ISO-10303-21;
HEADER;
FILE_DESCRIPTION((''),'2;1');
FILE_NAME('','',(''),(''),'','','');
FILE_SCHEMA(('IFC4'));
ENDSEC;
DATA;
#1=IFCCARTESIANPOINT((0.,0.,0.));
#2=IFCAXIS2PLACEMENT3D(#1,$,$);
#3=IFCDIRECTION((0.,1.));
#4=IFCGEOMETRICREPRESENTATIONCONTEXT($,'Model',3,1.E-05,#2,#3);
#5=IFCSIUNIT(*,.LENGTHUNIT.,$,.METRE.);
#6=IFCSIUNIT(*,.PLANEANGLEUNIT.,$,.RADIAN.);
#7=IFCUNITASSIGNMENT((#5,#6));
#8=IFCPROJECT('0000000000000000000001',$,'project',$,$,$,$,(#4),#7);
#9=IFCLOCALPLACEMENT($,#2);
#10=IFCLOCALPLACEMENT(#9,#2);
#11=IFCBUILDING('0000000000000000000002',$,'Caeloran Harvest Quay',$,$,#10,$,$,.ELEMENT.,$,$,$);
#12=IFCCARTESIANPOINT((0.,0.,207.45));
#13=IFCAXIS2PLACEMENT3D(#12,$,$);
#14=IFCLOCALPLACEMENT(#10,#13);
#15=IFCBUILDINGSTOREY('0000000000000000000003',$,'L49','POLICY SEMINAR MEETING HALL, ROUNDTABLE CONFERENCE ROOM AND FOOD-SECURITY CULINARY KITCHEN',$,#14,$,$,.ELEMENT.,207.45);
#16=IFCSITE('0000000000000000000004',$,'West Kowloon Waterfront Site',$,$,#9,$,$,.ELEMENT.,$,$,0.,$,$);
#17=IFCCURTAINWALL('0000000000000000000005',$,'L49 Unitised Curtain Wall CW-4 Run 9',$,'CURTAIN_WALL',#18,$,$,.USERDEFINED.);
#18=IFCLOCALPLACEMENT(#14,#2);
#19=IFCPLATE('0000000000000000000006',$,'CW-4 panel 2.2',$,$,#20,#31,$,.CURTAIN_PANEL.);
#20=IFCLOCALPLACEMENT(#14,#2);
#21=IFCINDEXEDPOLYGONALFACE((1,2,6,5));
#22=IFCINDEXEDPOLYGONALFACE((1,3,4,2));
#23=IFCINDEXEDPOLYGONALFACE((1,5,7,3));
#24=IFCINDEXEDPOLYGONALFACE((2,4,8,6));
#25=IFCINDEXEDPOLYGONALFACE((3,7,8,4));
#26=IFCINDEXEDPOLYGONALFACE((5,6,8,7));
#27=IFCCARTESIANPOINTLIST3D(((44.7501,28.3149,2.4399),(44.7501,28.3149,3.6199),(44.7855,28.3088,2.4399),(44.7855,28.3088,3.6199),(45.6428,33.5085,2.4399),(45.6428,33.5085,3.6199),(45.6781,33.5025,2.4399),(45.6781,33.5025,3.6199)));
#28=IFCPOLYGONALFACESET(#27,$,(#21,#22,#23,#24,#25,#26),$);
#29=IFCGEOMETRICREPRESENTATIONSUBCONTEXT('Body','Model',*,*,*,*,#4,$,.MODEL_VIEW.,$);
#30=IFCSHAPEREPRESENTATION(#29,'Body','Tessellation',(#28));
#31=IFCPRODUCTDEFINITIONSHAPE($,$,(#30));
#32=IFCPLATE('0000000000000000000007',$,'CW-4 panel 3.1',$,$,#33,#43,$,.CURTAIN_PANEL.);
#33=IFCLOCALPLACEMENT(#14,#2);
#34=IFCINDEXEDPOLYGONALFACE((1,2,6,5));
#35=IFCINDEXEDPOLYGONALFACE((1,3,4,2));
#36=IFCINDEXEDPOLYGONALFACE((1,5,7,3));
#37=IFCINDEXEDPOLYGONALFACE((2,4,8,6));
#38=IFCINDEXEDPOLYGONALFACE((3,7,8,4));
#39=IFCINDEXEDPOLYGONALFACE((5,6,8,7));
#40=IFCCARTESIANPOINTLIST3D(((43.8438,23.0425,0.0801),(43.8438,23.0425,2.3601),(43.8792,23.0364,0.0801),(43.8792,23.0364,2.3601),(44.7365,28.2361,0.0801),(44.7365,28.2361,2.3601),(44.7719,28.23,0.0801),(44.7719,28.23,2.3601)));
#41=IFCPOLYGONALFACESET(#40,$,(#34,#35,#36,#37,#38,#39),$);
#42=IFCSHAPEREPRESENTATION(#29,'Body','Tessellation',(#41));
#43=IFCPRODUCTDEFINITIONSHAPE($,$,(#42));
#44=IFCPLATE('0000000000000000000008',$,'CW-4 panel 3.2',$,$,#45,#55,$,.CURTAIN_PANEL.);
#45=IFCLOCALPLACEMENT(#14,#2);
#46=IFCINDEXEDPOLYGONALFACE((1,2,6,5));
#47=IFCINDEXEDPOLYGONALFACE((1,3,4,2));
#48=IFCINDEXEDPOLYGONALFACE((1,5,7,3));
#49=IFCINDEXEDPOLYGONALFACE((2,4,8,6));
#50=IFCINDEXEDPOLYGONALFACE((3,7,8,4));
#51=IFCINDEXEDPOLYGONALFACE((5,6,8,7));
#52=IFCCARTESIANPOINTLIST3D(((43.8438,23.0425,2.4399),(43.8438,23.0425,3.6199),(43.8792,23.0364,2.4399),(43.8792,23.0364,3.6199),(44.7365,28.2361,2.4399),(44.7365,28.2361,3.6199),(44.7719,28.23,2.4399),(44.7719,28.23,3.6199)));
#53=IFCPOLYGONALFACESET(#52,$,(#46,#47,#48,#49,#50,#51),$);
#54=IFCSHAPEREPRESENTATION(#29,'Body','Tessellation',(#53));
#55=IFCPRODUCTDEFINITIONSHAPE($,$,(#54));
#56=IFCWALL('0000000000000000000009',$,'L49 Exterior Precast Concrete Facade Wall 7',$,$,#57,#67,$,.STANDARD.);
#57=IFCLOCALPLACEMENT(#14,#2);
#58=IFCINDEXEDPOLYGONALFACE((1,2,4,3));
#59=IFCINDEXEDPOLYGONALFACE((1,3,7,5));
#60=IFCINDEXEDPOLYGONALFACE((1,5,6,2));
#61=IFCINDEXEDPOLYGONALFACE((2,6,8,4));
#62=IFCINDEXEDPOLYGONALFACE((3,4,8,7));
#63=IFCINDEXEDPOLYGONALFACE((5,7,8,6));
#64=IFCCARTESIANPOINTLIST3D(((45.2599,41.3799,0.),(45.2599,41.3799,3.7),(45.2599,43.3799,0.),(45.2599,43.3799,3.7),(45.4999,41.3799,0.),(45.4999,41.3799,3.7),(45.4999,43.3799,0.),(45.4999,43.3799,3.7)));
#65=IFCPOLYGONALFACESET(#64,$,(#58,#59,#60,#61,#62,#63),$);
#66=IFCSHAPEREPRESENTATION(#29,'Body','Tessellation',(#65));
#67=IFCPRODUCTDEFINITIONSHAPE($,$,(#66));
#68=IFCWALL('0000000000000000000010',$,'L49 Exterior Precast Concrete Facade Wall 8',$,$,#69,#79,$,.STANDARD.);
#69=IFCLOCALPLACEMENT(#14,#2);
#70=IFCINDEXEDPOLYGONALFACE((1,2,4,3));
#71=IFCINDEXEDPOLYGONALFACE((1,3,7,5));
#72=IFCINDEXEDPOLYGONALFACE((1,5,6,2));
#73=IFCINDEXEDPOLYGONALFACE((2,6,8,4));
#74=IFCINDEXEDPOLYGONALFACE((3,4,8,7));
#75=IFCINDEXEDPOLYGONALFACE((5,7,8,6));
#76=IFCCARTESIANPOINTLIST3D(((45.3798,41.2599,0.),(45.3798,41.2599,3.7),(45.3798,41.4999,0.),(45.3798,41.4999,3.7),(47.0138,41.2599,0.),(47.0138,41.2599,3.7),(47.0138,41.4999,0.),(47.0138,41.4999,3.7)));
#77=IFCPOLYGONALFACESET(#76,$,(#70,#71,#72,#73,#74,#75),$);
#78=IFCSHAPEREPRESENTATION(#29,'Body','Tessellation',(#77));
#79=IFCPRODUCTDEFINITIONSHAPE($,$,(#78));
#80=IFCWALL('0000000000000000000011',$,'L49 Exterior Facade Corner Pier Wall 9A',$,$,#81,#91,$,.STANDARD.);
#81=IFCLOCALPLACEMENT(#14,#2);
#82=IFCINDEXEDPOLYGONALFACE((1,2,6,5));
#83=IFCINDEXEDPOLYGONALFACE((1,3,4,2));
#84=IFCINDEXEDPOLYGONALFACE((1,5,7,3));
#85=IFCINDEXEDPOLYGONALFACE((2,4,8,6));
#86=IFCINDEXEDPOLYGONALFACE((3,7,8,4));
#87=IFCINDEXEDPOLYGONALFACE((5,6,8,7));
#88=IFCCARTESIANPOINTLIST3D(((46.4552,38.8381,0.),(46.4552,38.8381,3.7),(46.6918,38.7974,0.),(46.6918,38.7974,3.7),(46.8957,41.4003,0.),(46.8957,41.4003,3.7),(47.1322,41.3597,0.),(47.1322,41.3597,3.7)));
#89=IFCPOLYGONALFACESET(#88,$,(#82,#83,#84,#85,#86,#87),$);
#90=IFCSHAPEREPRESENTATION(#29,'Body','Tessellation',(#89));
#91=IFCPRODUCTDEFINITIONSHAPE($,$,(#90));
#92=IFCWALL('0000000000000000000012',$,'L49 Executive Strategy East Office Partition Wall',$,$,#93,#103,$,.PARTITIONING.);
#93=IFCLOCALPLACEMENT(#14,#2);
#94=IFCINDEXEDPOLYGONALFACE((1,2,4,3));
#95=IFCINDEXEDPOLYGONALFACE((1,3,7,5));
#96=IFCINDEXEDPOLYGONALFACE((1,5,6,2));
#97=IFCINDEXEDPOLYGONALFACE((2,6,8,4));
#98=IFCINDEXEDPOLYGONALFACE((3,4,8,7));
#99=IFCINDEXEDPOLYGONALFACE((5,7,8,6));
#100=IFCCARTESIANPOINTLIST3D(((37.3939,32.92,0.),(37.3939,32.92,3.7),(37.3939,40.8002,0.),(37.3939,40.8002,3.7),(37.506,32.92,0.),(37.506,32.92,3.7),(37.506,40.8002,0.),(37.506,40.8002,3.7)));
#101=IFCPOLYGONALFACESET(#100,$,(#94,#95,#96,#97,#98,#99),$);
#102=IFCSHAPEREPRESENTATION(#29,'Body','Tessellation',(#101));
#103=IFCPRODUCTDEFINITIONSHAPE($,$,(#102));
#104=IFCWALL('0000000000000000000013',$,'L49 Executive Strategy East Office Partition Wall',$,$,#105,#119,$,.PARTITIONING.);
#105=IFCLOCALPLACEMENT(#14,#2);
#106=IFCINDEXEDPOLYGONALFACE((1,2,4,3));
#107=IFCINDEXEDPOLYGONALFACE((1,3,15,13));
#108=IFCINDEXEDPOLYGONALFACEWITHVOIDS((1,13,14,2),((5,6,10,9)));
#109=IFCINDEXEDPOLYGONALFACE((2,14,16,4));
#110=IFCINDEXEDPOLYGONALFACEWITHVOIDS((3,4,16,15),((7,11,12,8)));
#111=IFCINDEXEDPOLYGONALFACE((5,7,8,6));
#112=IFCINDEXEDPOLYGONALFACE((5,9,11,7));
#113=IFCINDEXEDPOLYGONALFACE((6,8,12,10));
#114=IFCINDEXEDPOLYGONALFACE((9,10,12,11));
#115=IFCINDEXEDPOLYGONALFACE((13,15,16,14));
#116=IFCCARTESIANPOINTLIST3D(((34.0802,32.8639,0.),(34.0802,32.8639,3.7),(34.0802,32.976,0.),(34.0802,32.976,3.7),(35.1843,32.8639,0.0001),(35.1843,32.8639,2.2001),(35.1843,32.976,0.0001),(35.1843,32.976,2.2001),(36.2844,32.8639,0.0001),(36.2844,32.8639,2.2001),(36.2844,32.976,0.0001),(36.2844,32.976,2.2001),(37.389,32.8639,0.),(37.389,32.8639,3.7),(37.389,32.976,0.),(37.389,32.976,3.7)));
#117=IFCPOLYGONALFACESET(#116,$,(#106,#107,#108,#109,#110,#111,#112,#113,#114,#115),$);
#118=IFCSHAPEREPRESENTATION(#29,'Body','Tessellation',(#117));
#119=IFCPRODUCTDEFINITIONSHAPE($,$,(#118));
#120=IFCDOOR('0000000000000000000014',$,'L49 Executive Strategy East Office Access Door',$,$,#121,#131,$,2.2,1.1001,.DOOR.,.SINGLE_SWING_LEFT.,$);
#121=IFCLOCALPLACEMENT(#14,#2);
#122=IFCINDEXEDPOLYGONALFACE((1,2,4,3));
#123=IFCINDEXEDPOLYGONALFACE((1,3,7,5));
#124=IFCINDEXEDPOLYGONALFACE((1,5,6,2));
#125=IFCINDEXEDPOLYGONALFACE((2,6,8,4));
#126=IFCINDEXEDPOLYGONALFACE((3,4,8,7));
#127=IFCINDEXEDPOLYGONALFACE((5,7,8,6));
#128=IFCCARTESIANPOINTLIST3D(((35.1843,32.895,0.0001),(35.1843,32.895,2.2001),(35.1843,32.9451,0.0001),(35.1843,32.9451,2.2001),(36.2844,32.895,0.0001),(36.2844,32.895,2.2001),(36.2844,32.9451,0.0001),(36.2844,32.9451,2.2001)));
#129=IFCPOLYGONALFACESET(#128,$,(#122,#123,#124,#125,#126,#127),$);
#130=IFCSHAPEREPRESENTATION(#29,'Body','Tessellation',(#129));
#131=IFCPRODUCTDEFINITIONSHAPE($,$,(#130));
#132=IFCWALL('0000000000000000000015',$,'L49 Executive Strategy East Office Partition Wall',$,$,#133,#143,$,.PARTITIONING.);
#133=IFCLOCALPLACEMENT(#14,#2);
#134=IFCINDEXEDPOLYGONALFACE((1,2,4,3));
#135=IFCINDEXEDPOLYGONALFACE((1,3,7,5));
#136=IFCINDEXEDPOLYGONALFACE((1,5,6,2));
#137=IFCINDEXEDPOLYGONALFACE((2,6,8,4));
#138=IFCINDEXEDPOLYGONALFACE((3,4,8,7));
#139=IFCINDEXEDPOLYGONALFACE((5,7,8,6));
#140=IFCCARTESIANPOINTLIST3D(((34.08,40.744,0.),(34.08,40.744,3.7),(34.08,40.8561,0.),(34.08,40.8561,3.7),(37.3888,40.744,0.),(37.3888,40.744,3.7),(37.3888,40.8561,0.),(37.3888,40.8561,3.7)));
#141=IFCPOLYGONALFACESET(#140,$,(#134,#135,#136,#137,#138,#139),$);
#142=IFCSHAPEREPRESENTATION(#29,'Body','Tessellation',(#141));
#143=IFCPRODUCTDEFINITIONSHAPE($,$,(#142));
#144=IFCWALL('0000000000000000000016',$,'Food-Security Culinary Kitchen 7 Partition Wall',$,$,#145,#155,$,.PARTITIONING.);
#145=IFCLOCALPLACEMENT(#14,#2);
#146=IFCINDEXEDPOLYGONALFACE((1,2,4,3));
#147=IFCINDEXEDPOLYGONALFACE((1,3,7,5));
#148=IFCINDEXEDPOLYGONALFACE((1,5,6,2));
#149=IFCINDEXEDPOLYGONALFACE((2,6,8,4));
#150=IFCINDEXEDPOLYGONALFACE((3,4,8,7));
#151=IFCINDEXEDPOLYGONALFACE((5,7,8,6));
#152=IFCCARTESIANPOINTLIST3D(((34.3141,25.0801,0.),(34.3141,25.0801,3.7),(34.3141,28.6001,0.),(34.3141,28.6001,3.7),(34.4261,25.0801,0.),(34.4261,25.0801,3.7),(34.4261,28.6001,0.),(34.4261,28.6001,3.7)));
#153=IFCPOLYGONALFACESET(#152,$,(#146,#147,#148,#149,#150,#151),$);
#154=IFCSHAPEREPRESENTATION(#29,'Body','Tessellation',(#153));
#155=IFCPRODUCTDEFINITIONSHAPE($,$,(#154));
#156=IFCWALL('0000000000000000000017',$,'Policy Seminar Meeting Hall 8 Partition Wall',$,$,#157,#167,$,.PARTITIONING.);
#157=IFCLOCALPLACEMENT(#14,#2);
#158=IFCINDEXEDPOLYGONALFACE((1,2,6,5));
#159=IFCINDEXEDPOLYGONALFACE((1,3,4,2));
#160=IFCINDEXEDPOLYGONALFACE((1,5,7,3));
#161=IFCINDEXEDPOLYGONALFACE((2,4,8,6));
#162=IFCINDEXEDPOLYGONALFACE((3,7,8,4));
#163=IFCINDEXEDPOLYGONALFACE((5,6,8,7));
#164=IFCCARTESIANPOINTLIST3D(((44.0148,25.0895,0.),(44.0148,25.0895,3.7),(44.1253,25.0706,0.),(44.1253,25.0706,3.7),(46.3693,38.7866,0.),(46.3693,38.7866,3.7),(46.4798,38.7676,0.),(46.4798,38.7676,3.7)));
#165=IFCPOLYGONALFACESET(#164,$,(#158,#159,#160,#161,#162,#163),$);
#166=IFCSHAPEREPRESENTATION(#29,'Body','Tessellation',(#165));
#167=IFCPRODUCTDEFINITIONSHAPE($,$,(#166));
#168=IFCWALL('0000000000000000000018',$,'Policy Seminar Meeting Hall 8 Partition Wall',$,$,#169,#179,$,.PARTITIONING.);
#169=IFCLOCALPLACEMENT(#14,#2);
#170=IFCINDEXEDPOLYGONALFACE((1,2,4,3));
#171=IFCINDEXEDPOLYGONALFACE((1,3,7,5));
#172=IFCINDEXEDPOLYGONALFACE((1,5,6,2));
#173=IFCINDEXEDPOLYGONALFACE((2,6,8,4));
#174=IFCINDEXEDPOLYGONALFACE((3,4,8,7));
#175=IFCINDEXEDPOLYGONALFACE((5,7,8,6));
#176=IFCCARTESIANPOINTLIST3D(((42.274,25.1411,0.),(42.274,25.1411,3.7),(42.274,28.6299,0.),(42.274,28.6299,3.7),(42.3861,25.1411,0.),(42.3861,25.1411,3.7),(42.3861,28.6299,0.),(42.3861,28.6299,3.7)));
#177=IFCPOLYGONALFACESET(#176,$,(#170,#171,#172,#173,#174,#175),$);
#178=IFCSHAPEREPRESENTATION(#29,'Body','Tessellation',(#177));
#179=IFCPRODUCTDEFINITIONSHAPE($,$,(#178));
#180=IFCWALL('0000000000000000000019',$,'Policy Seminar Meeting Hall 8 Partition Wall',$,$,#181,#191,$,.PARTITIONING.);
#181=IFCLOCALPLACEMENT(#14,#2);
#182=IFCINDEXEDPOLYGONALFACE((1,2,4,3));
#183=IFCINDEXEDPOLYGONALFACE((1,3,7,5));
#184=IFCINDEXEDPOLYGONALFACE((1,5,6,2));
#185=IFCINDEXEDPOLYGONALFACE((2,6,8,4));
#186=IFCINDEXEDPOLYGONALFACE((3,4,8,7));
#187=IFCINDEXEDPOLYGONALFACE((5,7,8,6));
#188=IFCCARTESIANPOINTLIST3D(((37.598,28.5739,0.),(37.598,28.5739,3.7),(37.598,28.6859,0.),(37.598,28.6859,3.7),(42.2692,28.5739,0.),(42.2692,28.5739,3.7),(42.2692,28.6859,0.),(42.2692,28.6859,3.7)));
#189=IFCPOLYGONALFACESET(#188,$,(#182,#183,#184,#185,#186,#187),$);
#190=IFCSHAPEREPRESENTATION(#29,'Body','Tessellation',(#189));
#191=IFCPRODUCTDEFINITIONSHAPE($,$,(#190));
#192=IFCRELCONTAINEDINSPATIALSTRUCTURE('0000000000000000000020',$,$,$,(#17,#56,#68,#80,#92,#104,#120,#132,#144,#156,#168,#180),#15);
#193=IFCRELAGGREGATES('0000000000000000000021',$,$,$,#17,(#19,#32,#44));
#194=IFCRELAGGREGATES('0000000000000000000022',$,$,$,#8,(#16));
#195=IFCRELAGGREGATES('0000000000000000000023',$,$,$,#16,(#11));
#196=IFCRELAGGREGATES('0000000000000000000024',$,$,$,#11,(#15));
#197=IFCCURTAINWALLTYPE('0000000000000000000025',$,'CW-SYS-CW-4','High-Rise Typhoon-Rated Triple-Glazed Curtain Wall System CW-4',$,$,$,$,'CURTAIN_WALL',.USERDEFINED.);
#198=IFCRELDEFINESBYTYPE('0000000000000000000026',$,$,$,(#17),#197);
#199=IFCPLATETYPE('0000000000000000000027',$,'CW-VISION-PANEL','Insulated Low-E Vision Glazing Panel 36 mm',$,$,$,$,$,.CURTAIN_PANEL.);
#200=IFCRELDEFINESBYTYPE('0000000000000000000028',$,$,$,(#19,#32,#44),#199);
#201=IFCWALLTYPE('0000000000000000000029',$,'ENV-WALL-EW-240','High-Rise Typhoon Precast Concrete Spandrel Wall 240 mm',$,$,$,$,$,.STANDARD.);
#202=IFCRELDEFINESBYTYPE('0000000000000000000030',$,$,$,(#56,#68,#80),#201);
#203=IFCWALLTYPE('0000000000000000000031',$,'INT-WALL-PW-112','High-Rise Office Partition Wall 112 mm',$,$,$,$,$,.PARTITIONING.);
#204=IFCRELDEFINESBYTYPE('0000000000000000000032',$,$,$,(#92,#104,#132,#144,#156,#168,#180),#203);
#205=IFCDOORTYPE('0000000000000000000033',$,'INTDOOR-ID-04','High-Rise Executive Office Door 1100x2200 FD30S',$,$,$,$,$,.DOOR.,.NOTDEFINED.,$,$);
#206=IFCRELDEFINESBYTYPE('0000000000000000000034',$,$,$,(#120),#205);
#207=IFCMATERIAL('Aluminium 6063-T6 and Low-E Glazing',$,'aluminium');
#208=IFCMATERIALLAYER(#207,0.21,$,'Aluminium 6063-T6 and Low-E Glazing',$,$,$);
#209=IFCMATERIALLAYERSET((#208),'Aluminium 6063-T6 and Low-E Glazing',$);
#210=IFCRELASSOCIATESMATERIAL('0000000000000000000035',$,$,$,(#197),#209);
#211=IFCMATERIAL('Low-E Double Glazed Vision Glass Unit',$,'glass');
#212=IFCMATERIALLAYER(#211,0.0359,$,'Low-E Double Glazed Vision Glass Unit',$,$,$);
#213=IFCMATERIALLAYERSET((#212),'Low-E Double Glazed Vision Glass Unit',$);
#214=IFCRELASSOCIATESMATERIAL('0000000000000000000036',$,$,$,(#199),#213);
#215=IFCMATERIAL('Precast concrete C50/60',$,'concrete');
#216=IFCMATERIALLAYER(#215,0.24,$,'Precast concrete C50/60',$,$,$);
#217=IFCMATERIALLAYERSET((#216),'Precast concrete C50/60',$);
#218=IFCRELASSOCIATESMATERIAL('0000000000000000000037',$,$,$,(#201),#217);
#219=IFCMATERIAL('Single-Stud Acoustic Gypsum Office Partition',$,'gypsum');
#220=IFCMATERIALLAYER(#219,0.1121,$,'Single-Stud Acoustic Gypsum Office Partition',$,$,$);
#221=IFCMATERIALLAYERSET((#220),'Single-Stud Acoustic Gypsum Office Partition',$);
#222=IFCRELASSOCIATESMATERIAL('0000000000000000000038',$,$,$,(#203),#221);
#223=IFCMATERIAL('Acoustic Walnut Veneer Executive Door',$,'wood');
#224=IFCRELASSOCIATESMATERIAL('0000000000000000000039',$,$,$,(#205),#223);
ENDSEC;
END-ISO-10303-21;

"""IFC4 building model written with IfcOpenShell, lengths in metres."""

from ifc_helpers import new_model, si_unit, direction, frame, frame_2d, origin, origin_2d, place, context, subcontext, project, spatial, rectangle, extrude, material, layer, layer_set, type_object, element, fill, aggregate, save


model = new_model("IFC4")

# Units and contexts
model_context = context("Model", 3, precision=1e-05, world=origin(), true_north=direction((0.0, 1.0)))
body_context = subcontext(model_context, "Body", "Model", "MODEL_VIEW")
ifc_project = project(units=[si_unit("LENGTHUNIT", "METRE"), si_unit("PLANEANGLEUNIT", "RADIAN")], contexts=[model_context])

# Site, building, storey
site_placement = place(None, origin())
site = spatial("IfcSite", under=ifc_project, at=site_placement, Name="West Kowloon Waterfront Site", CompositionType="ELEMENT", RefElevation=0.0)
building_placement = place(site_placement, origin())
building = spatial("IfcBuilding", under=site, at=building_placement, Name="Caeloran Harvest Quay", CompositionType="ELEMENT")
storey_placement = place(building_placement, frame((0.0, 0.0, 207.45)))
storey = spatial("IfcBuildingStorey", under=building, at=storey_placement, Name="L49", Description="POLICY SEMINAR MEETING HALL, ROUNDTABLE CONFERENCE ROOM AND FOOD-SECURITY CULINARY KITCHEN", CompositionType="ELEMENT", Elevation=207.45)

# Curtain wall, plates
ifc_material_1 = material(Name="Aluminium 6063-T6 and Low-E Glazing", Category="aluminium")
ifc_layer_1 = layer(ifc_material_1, 0.21, Name="Aluminium 6063-T6 and Low-E Glazing")
ifc_layer_set_1 = layer_set([ifc_layer_1], Name="Aluminium 6063-T6 and Low-E Glazing")
curtain_wall_type = type_object("IfcCurtainWallType", Name="CW-SYS-CW-4", Description="High-Rise Typhoon-Rated Triple-Glazed Curtain Wall System CW-4", ElementType="CURTAIN_WALL", PredefinedType="USERDEFINED", material=ifc_layer_set_1)
curtain_wall_placement = place(storey_placement, origin())
curtain_wall = element("IfcCurtainWall", 1, at=curtain_wall_placement, inside=storey, type_object=curtain_wall_type, Name="L49 Unitised Curtain Wall CW-4 Run 9", ObjectType="CURTAIN_WALL", PredefinedType="USERDEFINED")
ifc_material_2 = material(Name="Low-E Double Glazed Vision Glass Unit", Category="glass")
ifc_layer_2 = layer(ifc_material_2, 0.0359, Name="Low-E Double Glazed Vision Glass Unit")
ifc_layer_set_2 = layer_set([ifc_layer_2], Name="Low-E Double Glazed Vision Glass Unit")
plate_type = type_object("IfcPlateType", Name="CW-VISION-PANEL", Description="Insulated Low-E Vision Glazing Panel 36 mm", PredefinedType="CURTAIN_PANEL", material=ifc_layer_set_2)
plate_1_placement = place(storey_placement, frame((45.2141, 30.9087, 2.4399), z_axis=(0.0, 0.0, 1.0), x_axis=(-0.169391, -0.985549, 0.0)))
plate_1 = element("IfcPlate", 2, at=plate_1_placement, type_object=plate_type, Name="CW-4 panel 2.2", PredefinedType="CURTAIN_PANEL", context=body_context, shape_type="SweptSolid", body=[
    extrude(rectangle(XDim=5.2698, YDim=0.0359, at=origin_2d()), origin(), (0.0, 0.0, 1.0), 1.1799),
])
plate_2_placement = place(storey_placement, frame((44.3079, 25.6362, 0.0801), z_axis=(0.0, 0.0, 1.0), x_axis=(-0.169391, -0.985549, 0.0)))
plate_2 = element("IfcPlate", 3, at=plate_2_placement, type_object=plate_type, Name="CW-4 panel 3.1", PredefinedType="CURTAIN_PANEL", context=body_context, shape_type="SweptSolid", body=[
    extrude(rectangle(XDim=5.2698, YDim=0.0359, at=origin_2d()), origin(), (0.0, 0.0, 1.0), 2.28),
])
plate_3_placement = place(storey_placement, frame((44.3079, 25.6362, 2.4399), z_axis=(0.0, 0.0, 1.0), x_axis=(-0.169391, -0.985549, 0.0)))
plate_3 = element("IfcPlate", 4, at=plate_3_placement, type_object=plate_type, Name="CW-4 panel 3.2", PredefinedType="CURTAIN_PANEL", context=body_context, shape_type="SweptSolid", body=[
    extrude(rectangle(XDim=5.2698, YDim=0.0359, at=origin_2d()), origin(), (0.0, 0.0, 1.0), 1.1799),
])
aggregate(curtain_wall, [plate_1, plate_2, plate_3])

# Walls
ifc_material_3 = material(Name="Precast concrete C50/60", Category="concrete")
ifc_layer_3 = layer(ifc_material_3, 0.24, Name="Precast concrete C50/60")
ifc_layer_set_3 = layer_set([ifc_layer_3], Name="Precast concrete C50/60")
wall_type_1 = type_object("IfcWallType", Name="ENV-WALL-EW-240", Description="High-Rise Typhoon Precast Concrete Spandrel Wall 240 mm", PredefinedType="STANDARD", material=ifc_layer_set_3)
wall_1_placement = place(storey_placement, frame((45.3799, 43.3799, 0.0), z_axis=(0.0, 0.0, 1.0), x_axis=(0.0, -1.0, 0.0)))
element("IfcWall", 5, at=wall_1_placement, inside=storey, type_object=wall_type_1, Name="L49 Exterior Precast Concrete Facade Wall 7", PredefinedType="STANDARD", context=body_context, shape_type="SweptSolid", body=[
    extrude(rectangle(XDim=2.0, YDim=0.24, at=frame_2d((1.0, 0.0))), origin(), (0.0, 0.0, 1.0), 3.7),
])
wall_2_placement = place(storey_placement, frame((45.3799, 41.3799, 0.0), z_axis=(0.0, 0.0, 1.0), x_axis=(1.0, 0.0, 0.0)))
element("IfcWall", 6, at=wall_2_placement, inside=storey, type_object=wall_type_1, Name="L49 Exterior Precast Concrete Facade Wall 8", PredefinedType="STANDARD", context=body_context, shape_type="SweptSolid", body=[
    extrude(rectangle(XDim=1.634, YDim=0.24, at=frame_2d((0.8169, 0.0))), origin(), (0.0, 0.0, 1.0), 3.7),
])
wall_3_placement = place(storey_placement, frame((47.0139, 41.3799, 0.0), z_axis=(0.0, 0.0, 1.0), x_axis=(-0.169407, -0.985546, 0.0)))
element("IfcWall", 7, at=wall_3_placement, inside=storey, type_object=wall_type_1, Name="L49 Exterior Facade Corner Pier Wall 9A", PredefinedType="STANDARD", context=body_context, shape_type="SweptSolid", body=[
    extrude(rectangle(XDim=2.5999, YDim=0.24, at=frame_2d((1.2998, 0.0))), origin(), (0.0, 0.0, 1.0), 3.7),
])
ifc_material_4 = material(Name="Single-Stud Acoustic Gypsum Office Partition", Category="gypsum")
ifc_layer_4 = layer(ifc_material_4, 0.1121, Name="Single-Stud Acoustic Gypsum Office Partition")
ifc_layer_set_4 = layer_set([ifc_layer_4], Name="Single-Stud Acoustic Gypsum Office Partition")
wall_type_2 = type_object("IfcWallType", Name="INT-WALL-PW-112", Description="High-Rise Office Partition Wall 112 mm", PredefinedType="PARTITIONING", material=ifc_layer_set_4)
wall_4_placement = place(storey_placement, frame((37.45, 40.8, 0.0), z_axis=(0.0, 0.0, 1.0), x_axis=(0.0, -1.0, 0.0)))
element("IfcWall", 8, at=wall_4_placement, inside=storey, type_object=wall_type_2, Name="L49 Executive Strategy East Office Partition Wall", PredefinedType="PARTITIONING", context=body_context, shape_type="SweptSolid", body=[
    extrude(rectangle(XDim=7.8801, YDim=0.1121, at=frame_2d((3.9399, 0.0))), origin(), (0.0, 0.0, 1.0), 3.7),
])

# Wall, opening, door
wall_5_placement = place(storey_placement, frame((37.3889, 32.9199, 0.0), z_axis=(0.0, 0.0, 1.0), x_axis=(-1.0, 0.0, 0.0)))
wall_5 = element("IfcWall", 9, at=wall_5_placement, inside=storey, type_object=wall_type_2, Name="L49 Executive Strategy East Office Partition Wall", PredefinedType="PARTITIONING", context=body_context, shape_type="SweptSolid", body=[
    extrude(rectangle(XDim=3.3088, YDim=0.1121, at=frame_2d((1.6543, 0.0))), origin(), (0.0, 0.0, 1.0), 3.7),
])
opening_1_placement = place(wall_5_placement, frame((1.1045, 0.0, 0.0)))
opening_1 = element("IfcOpeningElement", 10, at=opening_1_placement, cuts=wall_5, PredefinedType="OPENING", context=body_context, shape_type="SweptSolid", body=[
    extrude(rectangle(XDim=1.1001, YDim=2.2, at=frame_2d((0.55, 1.1001))), frame((0.0, 0.0659, 0.0), z_axis=(0.0, -1.0, 0.0), x_axis=(1.0, 0.0, 0.0)), (0.0, 0.0, 1.0), 0.1321),
])
ifc_material_5 = material(Name="Acoustic Walnut Veneer Executive Door", Category="wood")
door_type = type_object("IfcDoorType", Name="INTDOOR-ID-04", Description="High-Rise Executive Office Door 1100x2200 FD30S", OperationType="NOTDEFINED", PredefinedType="DOOR", material=ifc_material_5)
door_1_placement = place(opening_1_placement, origin())
door_1 = element("IfcDoor", 11, at=door_1_placement, inside=storey, type_object=door_type, Name="L49 Executive Strategy East Office Access Door", OperationType="SINGLE_SWING_LEFT", OverallHeight=2.2, OverallWidth=1.1001, PredefinedType="DOOR", context=body_context, shape_type="SweptSolid", body=[
    extrude(rectangle(XDim=1.1001, YDim=2.2, at=frame_2d((0.55, 1.1001))), frame((0.0, 0.0249, 0.0), z_axis=(0.0, -1.0, 0.0), x_axis=(1.0, 0.0, 0.0)), (0.0, 0.0, 1.0), 0.05),
])
fill(opening_1, door_1)

# Walls
wall_6_placement = place(storey_placement, frame((34.0801, 40.8, 0.0), z_axis=(0.0, 0.0, 1.0), x_axis=(1.0, 0.0, 0.0)))
element("IfcWall", 12, at=wall_6_placement, inside=storey, type_object=wall_type_2, Name="L49 Executive Strategy East Office Partition Wall", PredefinedType="PARTITIONING", context=body_context, shape_type="SweptSolid", body=[
    extrude(rectangle(XDim=3.3088, YDim=0.1121, at=frame_2d((1.6543, 0.0))), origin(), (0.0, 0.0, 1.0), 3.7),
])
wall_7_placement = place(storey_placement, frame((34.3701, 28.6001, 0.0), z_axis=(0.0, 0.0, 1.0), x_axis=(0.0, -1.0, 0.0)))
element("IfcWall", 13, at=wall_7_placement, inside=storey, type_object=wall_type_2, Name="Food-Security Culinary Kitchen 7 Partition Wall", PredefinedType="PARTITIONING", context=body_context, shape_type="SweptSolid", body=[
    extrude(rectangle(XDim=3.52, YDim=0.1121, at=frame_2d((1.76, 0.0))), origin(), (0.0, 0.0, 1.0), 3.7),
])
wall_8_placement = place(storey_placement, frame((46.4246, 38.7771, 0.0), z_axis=(0.0, 0.0, 1.0), x_axis=(-0.169413, -0.985545, 0.0)))
element("IfcWall", 14, at=wall_8_placement, inside=storey, type_object=wall_type_2, Name="Policy Seminar Meeting Hall 8 Partition Wall", PredefinedType="PARTITIONING", context=body_context, shape_type="SweptSolid", body=[
    extrude(rectangle(XDim=13.8979, YDim=0.1121, at=frame_2d((6.949, 0.0))), origin(), (0.0, 0.0, 1.0), 3.7),
])
wall_9_placement = place(storey_placement, frame((42.3301, 25.1411, 0.0), z_axis=(0.0, 0.0, 1.0), x_axis=(0.0, 1.0, 0.0)))
element("IfcWall", 15, at=wall_9_placement, inside=storey, type_object=wall_type_2, Name="Policy Seminar Meeting Hall 8 Partition Wall", PredefinedType="PARTITIONING", context=body_context, shape_type="SweptSolid", body=[
    extrude(rectangle(XDim=3.4888, YDim=0.1121, at=frame_2d((1.7444, 0.0))), origin(), (0.0, 0.0, 1.0), 3.7),
])
wall_10_placement = place(storey_placement, frame((42.269, 28.6299, 0.0), z_axis=(0.0, 0.0, 1.0), x_axis=(-1.0, 0.0, 0.0)))
element("IfcWall", 16, at=wall_10_placement, inside=storey, type_object=wall_type_2, Name="Policy Seminar Meeting Hall 8 Partition Wall", PredefinedType="PARTITIONING", context=body_context, shape_type="SweptSolid", body=[
    extrude(rectangle(XDim=4.6711, YDim=0.1121, at=frame_2d((2.3354, 0.0))), origin(), (0.0, 0.0, 1.0), 3.7),
])

save(model, "model.ifc")
